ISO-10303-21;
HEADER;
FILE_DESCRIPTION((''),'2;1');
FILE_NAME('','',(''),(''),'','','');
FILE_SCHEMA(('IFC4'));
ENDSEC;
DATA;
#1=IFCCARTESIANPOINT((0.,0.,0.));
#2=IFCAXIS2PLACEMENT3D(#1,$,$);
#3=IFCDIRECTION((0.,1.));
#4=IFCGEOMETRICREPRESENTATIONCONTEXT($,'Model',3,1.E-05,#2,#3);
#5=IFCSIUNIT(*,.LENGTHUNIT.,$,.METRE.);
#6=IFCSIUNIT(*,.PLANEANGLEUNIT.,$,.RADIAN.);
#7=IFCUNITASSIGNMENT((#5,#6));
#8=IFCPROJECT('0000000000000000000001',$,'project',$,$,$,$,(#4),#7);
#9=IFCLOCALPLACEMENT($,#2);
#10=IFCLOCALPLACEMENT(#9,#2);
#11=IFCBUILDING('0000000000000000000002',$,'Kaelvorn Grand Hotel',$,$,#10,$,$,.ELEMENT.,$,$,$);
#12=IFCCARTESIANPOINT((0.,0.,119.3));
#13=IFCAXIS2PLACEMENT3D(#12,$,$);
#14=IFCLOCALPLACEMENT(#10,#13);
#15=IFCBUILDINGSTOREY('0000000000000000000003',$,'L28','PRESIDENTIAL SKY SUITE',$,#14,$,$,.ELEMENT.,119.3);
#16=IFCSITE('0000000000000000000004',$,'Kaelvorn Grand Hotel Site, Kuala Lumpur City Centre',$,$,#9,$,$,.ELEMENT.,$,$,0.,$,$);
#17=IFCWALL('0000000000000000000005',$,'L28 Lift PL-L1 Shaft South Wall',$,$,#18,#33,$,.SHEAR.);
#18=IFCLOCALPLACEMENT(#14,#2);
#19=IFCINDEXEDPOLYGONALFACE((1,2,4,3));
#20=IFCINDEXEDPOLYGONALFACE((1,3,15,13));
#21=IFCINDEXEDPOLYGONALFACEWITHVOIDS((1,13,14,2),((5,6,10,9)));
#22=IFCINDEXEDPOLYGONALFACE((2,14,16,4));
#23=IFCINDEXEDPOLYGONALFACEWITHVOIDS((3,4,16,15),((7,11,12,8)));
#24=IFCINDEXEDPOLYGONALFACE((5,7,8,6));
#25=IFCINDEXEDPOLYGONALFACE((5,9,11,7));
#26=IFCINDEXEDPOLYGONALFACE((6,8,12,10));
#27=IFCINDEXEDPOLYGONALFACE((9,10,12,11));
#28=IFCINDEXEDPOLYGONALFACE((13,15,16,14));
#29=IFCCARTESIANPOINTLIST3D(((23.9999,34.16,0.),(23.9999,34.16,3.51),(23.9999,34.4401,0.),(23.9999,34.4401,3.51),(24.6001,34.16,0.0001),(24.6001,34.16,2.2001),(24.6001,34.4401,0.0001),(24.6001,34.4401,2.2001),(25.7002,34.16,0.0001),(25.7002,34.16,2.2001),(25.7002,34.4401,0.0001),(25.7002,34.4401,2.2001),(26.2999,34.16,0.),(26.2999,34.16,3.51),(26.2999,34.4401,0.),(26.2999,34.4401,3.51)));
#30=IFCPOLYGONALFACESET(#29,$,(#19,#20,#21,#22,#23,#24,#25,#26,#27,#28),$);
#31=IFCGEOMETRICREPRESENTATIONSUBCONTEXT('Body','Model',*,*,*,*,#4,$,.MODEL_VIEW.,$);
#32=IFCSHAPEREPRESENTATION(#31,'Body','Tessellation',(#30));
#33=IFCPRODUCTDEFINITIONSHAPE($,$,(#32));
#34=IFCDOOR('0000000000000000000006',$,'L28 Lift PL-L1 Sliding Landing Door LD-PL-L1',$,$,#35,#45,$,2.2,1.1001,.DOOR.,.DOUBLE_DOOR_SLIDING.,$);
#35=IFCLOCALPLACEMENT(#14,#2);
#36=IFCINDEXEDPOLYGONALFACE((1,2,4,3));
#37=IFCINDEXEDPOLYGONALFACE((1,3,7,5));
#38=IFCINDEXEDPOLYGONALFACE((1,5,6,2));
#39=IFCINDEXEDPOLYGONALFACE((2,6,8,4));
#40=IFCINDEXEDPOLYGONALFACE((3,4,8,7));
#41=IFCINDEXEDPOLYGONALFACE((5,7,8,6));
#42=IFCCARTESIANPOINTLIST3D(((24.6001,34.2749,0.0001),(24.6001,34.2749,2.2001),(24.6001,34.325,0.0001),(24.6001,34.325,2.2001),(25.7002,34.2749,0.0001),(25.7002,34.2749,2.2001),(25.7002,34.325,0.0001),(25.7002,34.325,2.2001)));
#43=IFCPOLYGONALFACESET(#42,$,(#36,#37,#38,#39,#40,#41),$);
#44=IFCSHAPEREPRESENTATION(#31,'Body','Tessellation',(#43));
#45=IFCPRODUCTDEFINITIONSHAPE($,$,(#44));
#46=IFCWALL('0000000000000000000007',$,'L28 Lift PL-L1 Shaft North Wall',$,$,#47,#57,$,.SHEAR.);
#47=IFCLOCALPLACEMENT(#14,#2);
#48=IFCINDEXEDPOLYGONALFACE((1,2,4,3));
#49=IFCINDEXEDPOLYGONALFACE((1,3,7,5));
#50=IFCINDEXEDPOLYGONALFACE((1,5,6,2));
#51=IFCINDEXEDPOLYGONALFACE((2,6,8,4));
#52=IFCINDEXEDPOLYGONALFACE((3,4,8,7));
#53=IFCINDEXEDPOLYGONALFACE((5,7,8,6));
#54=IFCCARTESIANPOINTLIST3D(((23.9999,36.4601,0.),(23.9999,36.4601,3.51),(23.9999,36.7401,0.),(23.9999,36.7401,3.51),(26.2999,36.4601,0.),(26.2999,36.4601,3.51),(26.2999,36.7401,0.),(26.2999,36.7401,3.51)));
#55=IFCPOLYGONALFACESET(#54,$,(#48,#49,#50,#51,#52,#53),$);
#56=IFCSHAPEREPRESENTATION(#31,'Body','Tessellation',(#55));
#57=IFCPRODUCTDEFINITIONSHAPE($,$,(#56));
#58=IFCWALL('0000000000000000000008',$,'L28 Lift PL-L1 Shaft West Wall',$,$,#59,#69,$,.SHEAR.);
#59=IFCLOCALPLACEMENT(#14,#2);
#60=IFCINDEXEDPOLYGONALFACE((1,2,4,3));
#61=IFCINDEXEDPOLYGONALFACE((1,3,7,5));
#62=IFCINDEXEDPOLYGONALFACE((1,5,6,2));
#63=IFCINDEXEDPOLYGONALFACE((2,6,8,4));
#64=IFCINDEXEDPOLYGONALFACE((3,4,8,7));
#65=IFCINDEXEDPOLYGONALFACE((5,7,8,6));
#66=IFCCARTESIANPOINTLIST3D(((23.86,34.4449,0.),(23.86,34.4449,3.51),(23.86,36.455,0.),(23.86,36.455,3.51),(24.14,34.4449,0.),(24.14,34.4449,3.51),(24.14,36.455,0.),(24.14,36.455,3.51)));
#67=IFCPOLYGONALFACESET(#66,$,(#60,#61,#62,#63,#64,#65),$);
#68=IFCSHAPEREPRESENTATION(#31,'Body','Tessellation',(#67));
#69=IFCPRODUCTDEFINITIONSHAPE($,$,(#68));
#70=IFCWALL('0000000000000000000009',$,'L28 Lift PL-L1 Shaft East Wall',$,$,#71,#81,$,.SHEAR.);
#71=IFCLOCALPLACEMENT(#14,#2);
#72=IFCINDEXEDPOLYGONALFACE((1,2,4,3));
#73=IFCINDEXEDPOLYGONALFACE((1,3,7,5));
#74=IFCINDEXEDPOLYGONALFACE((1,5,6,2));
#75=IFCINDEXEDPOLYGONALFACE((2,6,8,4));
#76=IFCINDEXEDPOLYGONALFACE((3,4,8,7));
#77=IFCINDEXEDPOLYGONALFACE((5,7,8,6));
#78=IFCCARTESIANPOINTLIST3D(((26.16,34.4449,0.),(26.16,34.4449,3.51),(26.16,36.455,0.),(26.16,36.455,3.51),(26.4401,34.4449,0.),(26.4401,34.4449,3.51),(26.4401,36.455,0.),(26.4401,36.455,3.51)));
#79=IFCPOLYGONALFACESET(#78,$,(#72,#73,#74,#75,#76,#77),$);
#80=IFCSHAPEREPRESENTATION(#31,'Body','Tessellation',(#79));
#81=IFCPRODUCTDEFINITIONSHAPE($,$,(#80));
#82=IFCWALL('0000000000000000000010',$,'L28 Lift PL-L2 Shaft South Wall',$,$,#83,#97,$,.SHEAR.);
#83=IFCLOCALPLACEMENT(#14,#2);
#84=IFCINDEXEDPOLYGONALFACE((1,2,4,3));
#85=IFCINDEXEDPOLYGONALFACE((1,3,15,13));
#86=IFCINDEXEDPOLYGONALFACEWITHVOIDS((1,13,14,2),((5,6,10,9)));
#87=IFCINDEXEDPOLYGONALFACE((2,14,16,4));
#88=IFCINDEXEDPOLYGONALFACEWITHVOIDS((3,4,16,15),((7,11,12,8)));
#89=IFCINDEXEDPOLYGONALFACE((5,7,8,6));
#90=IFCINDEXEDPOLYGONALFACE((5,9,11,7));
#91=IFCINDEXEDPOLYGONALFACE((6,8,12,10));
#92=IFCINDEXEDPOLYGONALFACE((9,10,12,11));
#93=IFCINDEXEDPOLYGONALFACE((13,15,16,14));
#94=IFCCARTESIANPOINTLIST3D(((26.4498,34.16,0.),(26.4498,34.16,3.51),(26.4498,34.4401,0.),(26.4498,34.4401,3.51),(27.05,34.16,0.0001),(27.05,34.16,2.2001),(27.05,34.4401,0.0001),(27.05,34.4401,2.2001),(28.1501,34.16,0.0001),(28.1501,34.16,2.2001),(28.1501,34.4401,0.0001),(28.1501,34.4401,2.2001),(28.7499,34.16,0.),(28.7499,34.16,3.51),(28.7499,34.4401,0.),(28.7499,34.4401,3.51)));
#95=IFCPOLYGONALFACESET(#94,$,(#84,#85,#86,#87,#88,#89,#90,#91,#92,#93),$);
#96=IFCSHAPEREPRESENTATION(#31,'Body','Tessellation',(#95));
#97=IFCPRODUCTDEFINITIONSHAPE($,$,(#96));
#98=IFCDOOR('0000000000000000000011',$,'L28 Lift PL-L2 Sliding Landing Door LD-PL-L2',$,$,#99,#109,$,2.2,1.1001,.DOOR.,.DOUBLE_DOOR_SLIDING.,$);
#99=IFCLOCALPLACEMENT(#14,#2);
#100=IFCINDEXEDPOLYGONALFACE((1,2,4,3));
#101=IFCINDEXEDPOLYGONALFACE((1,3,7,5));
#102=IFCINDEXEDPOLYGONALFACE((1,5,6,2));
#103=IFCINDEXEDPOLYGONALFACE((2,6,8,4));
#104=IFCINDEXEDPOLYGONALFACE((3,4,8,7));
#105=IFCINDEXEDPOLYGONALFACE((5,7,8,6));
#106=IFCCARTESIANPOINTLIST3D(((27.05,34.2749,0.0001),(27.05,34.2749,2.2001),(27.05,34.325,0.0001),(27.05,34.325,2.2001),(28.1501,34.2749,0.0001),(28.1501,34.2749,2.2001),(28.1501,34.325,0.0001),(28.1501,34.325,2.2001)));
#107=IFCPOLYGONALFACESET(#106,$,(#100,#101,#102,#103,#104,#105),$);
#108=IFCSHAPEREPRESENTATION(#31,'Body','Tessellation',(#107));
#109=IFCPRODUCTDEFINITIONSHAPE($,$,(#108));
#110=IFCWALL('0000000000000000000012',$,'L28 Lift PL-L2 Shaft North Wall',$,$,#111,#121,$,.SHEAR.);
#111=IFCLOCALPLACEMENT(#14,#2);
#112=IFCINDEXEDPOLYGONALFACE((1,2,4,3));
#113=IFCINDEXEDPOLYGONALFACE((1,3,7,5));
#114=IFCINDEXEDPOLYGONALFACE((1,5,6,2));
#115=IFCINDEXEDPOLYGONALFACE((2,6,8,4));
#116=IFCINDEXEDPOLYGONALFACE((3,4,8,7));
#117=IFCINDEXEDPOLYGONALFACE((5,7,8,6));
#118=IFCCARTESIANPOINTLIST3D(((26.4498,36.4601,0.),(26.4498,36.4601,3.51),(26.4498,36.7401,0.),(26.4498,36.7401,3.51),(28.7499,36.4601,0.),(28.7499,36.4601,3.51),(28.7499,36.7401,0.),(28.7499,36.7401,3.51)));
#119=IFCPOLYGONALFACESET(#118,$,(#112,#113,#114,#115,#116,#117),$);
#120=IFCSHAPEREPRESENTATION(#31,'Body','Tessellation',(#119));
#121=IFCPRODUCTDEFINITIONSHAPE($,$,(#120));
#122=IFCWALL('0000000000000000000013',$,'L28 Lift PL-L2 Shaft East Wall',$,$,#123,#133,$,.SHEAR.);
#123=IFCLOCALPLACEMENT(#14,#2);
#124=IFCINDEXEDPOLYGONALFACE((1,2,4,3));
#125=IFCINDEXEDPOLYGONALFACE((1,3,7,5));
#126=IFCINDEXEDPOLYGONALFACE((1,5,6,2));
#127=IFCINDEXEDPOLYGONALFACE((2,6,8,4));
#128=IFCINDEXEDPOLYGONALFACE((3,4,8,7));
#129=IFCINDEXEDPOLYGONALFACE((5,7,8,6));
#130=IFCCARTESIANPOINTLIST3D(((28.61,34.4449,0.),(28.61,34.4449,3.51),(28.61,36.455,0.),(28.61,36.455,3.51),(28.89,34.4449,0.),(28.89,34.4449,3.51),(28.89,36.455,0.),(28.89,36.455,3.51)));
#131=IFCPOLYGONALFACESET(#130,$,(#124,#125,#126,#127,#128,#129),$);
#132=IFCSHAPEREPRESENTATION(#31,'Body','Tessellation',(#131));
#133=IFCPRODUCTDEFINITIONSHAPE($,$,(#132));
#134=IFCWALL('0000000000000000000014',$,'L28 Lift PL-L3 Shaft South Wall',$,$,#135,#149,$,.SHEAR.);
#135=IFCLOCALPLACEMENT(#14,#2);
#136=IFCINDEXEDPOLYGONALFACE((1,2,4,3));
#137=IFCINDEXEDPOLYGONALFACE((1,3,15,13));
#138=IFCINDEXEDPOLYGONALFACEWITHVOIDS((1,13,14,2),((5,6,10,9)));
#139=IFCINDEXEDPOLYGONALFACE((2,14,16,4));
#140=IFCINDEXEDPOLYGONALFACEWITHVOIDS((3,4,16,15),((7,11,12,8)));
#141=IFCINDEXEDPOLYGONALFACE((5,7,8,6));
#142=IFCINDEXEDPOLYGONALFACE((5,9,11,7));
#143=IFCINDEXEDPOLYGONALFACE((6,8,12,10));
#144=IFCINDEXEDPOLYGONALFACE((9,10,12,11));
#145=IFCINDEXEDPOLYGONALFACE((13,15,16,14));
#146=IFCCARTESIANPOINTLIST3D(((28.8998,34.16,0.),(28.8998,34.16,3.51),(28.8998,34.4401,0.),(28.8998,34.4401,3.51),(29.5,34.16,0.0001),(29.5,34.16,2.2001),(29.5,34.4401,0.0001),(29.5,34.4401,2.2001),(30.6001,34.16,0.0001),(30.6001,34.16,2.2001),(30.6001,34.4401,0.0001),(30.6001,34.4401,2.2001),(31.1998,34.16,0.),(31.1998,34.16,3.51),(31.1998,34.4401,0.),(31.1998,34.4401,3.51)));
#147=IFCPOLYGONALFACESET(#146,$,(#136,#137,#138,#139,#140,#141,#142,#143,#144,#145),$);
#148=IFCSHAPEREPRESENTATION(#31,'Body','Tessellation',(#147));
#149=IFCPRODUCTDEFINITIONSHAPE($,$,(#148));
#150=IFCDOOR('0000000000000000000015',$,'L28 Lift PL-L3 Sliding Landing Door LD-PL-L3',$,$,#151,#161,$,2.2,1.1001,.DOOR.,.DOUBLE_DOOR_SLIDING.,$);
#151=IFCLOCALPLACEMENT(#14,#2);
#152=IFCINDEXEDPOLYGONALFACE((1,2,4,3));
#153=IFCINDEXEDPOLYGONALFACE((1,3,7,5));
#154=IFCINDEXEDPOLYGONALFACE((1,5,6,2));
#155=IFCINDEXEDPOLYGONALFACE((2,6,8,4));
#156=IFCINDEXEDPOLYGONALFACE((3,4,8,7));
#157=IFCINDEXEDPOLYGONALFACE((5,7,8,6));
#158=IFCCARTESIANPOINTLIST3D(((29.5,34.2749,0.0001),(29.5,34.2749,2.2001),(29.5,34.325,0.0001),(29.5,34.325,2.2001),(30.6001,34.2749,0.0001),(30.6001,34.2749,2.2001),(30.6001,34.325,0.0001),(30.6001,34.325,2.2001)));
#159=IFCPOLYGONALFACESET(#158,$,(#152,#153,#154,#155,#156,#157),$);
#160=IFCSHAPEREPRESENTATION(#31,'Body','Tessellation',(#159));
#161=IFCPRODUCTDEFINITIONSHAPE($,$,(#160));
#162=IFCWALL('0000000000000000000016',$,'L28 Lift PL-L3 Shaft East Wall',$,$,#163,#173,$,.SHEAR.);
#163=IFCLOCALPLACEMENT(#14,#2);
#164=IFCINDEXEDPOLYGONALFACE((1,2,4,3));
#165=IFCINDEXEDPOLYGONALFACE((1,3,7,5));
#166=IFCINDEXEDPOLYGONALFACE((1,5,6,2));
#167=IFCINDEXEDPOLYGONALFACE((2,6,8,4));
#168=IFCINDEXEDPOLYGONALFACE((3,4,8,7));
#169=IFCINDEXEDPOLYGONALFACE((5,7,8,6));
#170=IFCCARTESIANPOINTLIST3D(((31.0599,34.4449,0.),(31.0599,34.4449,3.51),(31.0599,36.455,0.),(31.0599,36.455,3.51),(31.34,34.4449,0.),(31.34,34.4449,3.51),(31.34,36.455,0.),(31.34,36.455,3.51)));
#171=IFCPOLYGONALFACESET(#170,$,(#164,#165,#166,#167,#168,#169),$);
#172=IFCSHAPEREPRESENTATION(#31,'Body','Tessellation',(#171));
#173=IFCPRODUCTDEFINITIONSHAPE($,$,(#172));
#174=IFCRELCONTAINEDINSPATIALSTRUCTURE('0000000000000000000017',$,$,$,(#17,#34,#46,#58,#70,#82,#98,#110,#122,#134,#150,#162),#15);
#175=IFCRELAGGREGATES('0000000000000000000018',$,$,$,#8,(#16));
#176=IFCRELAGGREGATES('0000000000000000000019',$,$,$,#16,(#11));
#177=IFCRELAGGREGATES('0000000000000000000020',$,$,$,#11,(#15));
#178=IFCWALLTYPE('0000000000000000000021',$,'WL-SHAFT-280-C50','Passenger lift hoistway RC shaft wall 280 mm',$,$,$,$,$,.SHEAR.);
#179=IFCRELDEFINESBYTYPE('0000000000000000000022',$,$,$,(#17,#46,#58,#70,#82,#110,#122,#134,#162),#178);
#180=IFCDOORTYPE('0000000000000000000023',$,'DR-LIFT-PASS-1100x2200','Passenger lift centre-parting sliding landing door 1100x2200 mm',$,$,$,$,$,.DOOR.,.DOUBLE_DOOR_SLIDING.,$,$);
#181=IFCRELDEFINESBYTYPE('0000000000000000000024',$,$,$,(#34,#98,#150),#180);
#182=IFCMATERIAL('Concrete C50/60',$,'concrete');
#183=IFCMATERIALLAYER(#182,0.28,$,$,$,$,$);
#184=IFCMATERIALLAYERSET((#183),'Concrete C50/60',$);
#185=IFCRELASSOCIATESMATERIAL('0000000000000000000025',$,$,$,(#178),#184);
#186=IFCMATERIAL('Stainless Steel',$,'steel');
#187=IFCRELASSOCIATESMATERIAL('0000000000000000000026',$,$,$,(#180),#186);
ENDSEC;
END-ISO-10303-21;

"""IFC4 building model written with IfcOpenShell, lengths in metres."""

from ifc_helpers import new_model, si_unit, direction, frame, frame_2d, origin, place, context, subcontext, project, spatial, rectangle, extrude, material, layer, layer_set, type_object, element, fill, save


model = new_model("IFC4")

# Units and contexts
model_context = context("Model", 3, precision=1e-05, world=origin(), true_north=direction((0.0, 1.0)))
body_context = subcontext(model_context, "Body", "Model", "MODEL_VIEW")
ifc_project = project(units=[si_unit("LENGTHUNIT", "METRE"), si_unit("PLANEANGLEUNIT", "RADIAN")], contexts=[model_context])

# Site, building, storey
site_placement = place(None, origin())
site = spatial("IfcSite", under=ifc_project, at=site_placement, Name="Kaelvorn Grand Hotel Site, Kuala Lumpur City Centre", CompositionType="ELEMENT", RefElevation=0.0)
building_placement = place(site_placement, origin())
building = spatial("IfcBuilding", under=site, at=building_placement, Name="Kaelvorn Grand Hotel", CompositionType="ELEMENT")
storey_placement = place(building_placement, frame((0.0, 0.0, 119.3)))
storey = spatial("IfcBuildingStorey", under=building, at=storey_placement, Name="L28", Description="PRESIDENTIAL SKY SUITE", CompositionType="ELEMENT", Elevation=119.3)

# Wall, opening, door
ifc_material_1 = material(Name="Concrete C50/60", Category="concrete")
ifc_layer_1 = layer(ifc_material_1, 0.28)
ifc_layer_set_1 = layer_set([ifc_layer_1], Name="Concrete C50/60")
wall_type_1 = type_object("IfcWallType", Name="WL-SHAFT-280-C50", Description="Passenger lift hoistway RC shaft wall 280 mm", PredefinedType="SHEAR", material=ifc_layer_set_1)
wall_1_placement = place(storey_placement, frame((24.0, 34.3, 0.0), z_axis=(0.0, 0.0, 1.0), x_axis=(1.0, 0.0, 0.0)))
wall_1 = element("IfcWall", 1, at=wall_1_placement, inside=storey, type_object=wall_type_1, Name="L28 Lift PL-L1 Shaft South Wall", PredefinedType="SHEAR", context=body_context, shape_type="SweptSolid", body=[
    extrude(rectangle(XDim=2.3, YDim=0.28, at=frame_2d((1.1499, 0.0))), origin(), (0.0, 0.0, 1.0), 3.51),
])
opening_1_placement = place(wall_1_placement, frame((0.6001, 0.0, 0.0)))
opening_1 = element("IfcOpeningElement", 2, at=opening_1_placement, cuts=wall_1, PredefinedType="OPENING", context=body_context, shape_type="SweptSolid", body=[
    extrude(rectangle(XDim=1.1001, YDim=2.2, at=frame_2d((0.55, 1.1001))), frame((0.0, 0.1499, 0.0), z_axis=(0.0, -1.0, 0.0), x_axis=(1.0, 0.0, 0.0)), (0.0, 0.0, 1.0), 0.3),
])
ifc_material_2 = material(Name="Stainless Steel", Category="steel")
door_type_1 = type_object("IfcDoorType", Name="DR-LIFT-PASS-1100x2200", Description="Passenger lift centre-parting sliding landing door 1100x2200 mm", OperationType="DOUBLE_DOOR_SLIDING", PredefinedType="DOOR", material=ifc_material_2)
door_1_placement = place(opening_1_placement, origin())
door_1 = element("IfcDoor", 3, at=door_1_placement, inside=storey, type_object=door_type_1, Name="L28 Lift PL-L1 Sliding Landing Door LD-PL-L1", OperationType="DOUBLE_DOOR_SLIDING", OverallHeight=2.2, OverallWidth=1.1001, PredefinedType="DOOR", context=body_context, shape_type="SweptSolid", body=[
    extrude(rectangle(XDim=1.1001, YDim=2.2, at=frame_2d((0.55, 1.1001))), frame((0.0, 0.0249, 0.0), z_axis=(0.0, -1.0, 0.0), x_axis=(1.0, 0.0, 0.0)), (0.0, 0.0, 1.0), 0.05),
])
fill(opening_1, door_1)

# Walls
wall_2_placement = place(storey_placement, frame((24.0, 36.6001, 0.0), z_axis=(0.0, 0.0, 1.0), x_axis=(1.0, 0.0, 0.0)))
element("IfcWall", 4, at=wall_2_placement, inside=storey, type_object=wall_type_1, Name="L28 Lift PL-L1 Shaft North Wall", PredefinedType="SHEAR", context=body_context, shape_type="SweptSolid", body=[
    extrude(rectangle(XDim=2.3, YDim=0.28, at=frame_2d((1.1499, 0.0))), origin(), (0.0, 0.0, 1.0), 3.51),
])
for number, where, z_axis, x_axis, name in (
    (5, (24.0, 34.4451, 0.0), (0.0, 0.0, 1.0), (0.0, 1.0, 0.0), "L28 Lift PL-L1 Shaft West Wall"),
    (6, (26.3, 34.4451, 0.0), (0.0, 0.0, 1.0), (0.0, 1.0, 0.0), "L28 Lift PL-L1 Shaft East Wall"),
):
    element("IfcWall", number, at=place(storey_placement, frame(where, z_axis=z_axis, x_axis=x_axis)), inside=storey, type_object=wall_type_1, Name=name, PredefinedType="SHEAR", context=body_context, shape_type="SweptSolid", body=[
        extrude(rectangle(XDim=2.01, YDim=0.28, at=frame_2d((1.0049, 0.0))), origin(), (0.0, 0.0, 1.0), 3.51),
    ])

# Wall, opening, door
wall_3_placement = place(storey_placement, frame((26.45, 34.3, 0.0), z_axis=(0.0, 0.0, 1.0), x_axis=(1.0, 0.0, 0.0)))
wall_3 = element("IfcWall", 7, at=wall_3_placement, inside=storey, type_object=wall_type_1, Name="L28 Lift PL-L2 Shaft South Wall", PredefinedType="SHEAR", context=body_context, shape_type="SweptSolid", body=[
    extrude(rectangle(XDim=2.3, YDim=0.28, at=frame_2d((1.1499, 0.0))), origin(), (0.0, 0.0, 1.0), 3.51),
])
opening_2_placement = place(wall_3_placement, frame((0.6001, 0.0, 0.0)))
opening_2 = element("IfcOpeningElement", 8, at=opening_2_placement, cuts=wall_3, PredefinedType="OPENING", context=body_context, shape_type="SweptSolid", body=[
    extrude(rectangle(XDim=1.1001, YDim=2.2, at=frame_2d((0.55, 1.1001))), frame((0.0, 0.1499, 0.0), z_axis=(0.0, -1.0, 0.0), x_axis=(1.0, 0.0, 0.0)), (0.0, 0.0, 1.0), 0.3),
])
door_2_placement = place(opening_2_placement, origin())
door_2 = element("IfcDoor", 9, at=door_2_placement, inside=storey, type_object=door_type_1, Name="L28 Lift PL-L2 Sliding Landing Door LD-PL-L2", OperationType="DOUBLE_DOOR_SLIDING", OverallHeight=2.2, OverallWidth=1.1001, PredefinedType="DOOR", context=body_context, shape_type="SweptSolid", body=[
    extrude(rectangle(XDim=1.1001, YDim=2.2, at=frame_2d((0.55, 1.1001))), frame((0.0, 0.0249, 0.0), z_axis=(0.0, -1.0, 0.0), x_axis=(1.0, 0.0, 0.0)), (0.0, 0.0, 1.0), 0.05),
])
fill(opening_2, door_2)

# Walls
wall_4_placement = place(storey_placement, frame((26.45, 36.6001, 0.0), z_axis=(0.0, 0.0, 1.0), x_axis=(1.0, 0.0, 0.0)))
element("IfcWall", 10, at=wall_4_placement, inside=storey, type_object=wall_type_1, Name="L28 Lift PL-L2 Shaft North Wall", PredefinedType="SHEAR", context=body_context, shape_type="SweptSolid", body=[
    extrude(rectangle(XDim=2.3, YDim=0.28, at=frame_2d((1.1499, 0.0))), origin(), (0.0, 0.0, 1.0), 3.51),
])
wall_5_placement = place(storey_placement, frame((28.75, 34.4451, 0.0), z_axis=(0.0, 0.0, 1.0), x_axis=(0.0, 1.0, 0.0)))
element("IfcWall", 11, at=wall_5_placement, inside=storey, type_object=wall_type_1, Name="L28 Lift PL-L2 Shaft East Wall", PredefinedType="SHEAR", context=body_context, shape_type="SweptSolid", body=[
    extrude(rectangle(XDim=2.01, YDim=0.28, at=frame_2d((1.0049, 0.0))), origin(), (0.0, 0.0, 1.0), 3.51),
])

# Wall, opening, door
wall_6_placement = place(storey_placement, frame((28.8999, 34.3, 0.0), z_axis=(0.0, 0.0, 1.0), x_axis=(1.0, 0.0, 0.0)))
wall_6 = element("IfcWall", 12, at=wall_6_placement, inside=storey, type_object=wall_type_1, Name="L28 Lift PL-L3 Shaft South Wall", PredefinedType="SHEAR", context=body_context, shape_type="SweptSolid", body=[
    extrude(rectangle(XDim=2.3, YDim=0.28, at=frame_2d((1.1499, 0.0))), origin(), (0.0, 0.0, 1.0), 3.51),
])
opening_3_placement = place(wall_6_placement, frame((0.6001, 0.0, 0.0)))
opening_3 = element("IfcOpeningElement", 13, at=opening_3_placement, cuts=wall_6, PredefinedType="OPENING", context=body_context, shape_type="SweptSolid", body=[
    extrude(rectangle(XDim=1.1001, YDim=2.2, at=frame_2d((0.55, 1.1001))), frame((0.0, 0.1499, 0.0), z_axis=(0.0, -1.0, 0.0), x_axis=(1.0, 0.0, 0.0)), (0.0, 0.0, 1.0), 0.3),
])
door_3_placement = place(opening_3_placement, origin())
door_3 = element("IfcDoor", 14, at=door_3_placement, inside=storey, type_object=door_type_1, Name="L28 Lift PL-L3 Sliding Landing Door LD-PL-L3", OperationType="DOUBLE_DOOR_SLIDING", OverallHeight=2.2, OverallWidth=1.1001, PredefinedType="DOOR", context=body_context, shape_type="SweptSolid", body=[
    extrude(rectangle(XDim=1.1001, YDim=2.2, at=frame_2d((0.55, 1.1001))), frame((0.0, 0.0249, 0.0), z_axis=(0.0, -1.0, 0.0), x_axis=(1.0, 0.0, 0.0)), (0.0, 0.0, 1.0), 0.05),
])
fill(opening_3, door_3)

# Wall
wall_7_placement = place(storey_placement, frame((31.2, 34.4451, 0.0), z_axis=(0.0, 0.0, 1.0), x_axis=(0.0, 1.0, 0.0)))
element("IfcWall", 15, at=wall_7_placement, inside=storey, type_object=wall_type_1, Name="L28 Lift PL-L3 Shaft East Wall", PredefinedType="SHEAR", context=body_context, shape_type="SweptSolid", body=[
    extrude(rectangle(XDim=2.01, YDim=0.28, at=frame_2d((1.0049, 0.0))), origin(), (0.0, 0.0, 1.0), 3.51),
])

save(model, "model.ifc")
